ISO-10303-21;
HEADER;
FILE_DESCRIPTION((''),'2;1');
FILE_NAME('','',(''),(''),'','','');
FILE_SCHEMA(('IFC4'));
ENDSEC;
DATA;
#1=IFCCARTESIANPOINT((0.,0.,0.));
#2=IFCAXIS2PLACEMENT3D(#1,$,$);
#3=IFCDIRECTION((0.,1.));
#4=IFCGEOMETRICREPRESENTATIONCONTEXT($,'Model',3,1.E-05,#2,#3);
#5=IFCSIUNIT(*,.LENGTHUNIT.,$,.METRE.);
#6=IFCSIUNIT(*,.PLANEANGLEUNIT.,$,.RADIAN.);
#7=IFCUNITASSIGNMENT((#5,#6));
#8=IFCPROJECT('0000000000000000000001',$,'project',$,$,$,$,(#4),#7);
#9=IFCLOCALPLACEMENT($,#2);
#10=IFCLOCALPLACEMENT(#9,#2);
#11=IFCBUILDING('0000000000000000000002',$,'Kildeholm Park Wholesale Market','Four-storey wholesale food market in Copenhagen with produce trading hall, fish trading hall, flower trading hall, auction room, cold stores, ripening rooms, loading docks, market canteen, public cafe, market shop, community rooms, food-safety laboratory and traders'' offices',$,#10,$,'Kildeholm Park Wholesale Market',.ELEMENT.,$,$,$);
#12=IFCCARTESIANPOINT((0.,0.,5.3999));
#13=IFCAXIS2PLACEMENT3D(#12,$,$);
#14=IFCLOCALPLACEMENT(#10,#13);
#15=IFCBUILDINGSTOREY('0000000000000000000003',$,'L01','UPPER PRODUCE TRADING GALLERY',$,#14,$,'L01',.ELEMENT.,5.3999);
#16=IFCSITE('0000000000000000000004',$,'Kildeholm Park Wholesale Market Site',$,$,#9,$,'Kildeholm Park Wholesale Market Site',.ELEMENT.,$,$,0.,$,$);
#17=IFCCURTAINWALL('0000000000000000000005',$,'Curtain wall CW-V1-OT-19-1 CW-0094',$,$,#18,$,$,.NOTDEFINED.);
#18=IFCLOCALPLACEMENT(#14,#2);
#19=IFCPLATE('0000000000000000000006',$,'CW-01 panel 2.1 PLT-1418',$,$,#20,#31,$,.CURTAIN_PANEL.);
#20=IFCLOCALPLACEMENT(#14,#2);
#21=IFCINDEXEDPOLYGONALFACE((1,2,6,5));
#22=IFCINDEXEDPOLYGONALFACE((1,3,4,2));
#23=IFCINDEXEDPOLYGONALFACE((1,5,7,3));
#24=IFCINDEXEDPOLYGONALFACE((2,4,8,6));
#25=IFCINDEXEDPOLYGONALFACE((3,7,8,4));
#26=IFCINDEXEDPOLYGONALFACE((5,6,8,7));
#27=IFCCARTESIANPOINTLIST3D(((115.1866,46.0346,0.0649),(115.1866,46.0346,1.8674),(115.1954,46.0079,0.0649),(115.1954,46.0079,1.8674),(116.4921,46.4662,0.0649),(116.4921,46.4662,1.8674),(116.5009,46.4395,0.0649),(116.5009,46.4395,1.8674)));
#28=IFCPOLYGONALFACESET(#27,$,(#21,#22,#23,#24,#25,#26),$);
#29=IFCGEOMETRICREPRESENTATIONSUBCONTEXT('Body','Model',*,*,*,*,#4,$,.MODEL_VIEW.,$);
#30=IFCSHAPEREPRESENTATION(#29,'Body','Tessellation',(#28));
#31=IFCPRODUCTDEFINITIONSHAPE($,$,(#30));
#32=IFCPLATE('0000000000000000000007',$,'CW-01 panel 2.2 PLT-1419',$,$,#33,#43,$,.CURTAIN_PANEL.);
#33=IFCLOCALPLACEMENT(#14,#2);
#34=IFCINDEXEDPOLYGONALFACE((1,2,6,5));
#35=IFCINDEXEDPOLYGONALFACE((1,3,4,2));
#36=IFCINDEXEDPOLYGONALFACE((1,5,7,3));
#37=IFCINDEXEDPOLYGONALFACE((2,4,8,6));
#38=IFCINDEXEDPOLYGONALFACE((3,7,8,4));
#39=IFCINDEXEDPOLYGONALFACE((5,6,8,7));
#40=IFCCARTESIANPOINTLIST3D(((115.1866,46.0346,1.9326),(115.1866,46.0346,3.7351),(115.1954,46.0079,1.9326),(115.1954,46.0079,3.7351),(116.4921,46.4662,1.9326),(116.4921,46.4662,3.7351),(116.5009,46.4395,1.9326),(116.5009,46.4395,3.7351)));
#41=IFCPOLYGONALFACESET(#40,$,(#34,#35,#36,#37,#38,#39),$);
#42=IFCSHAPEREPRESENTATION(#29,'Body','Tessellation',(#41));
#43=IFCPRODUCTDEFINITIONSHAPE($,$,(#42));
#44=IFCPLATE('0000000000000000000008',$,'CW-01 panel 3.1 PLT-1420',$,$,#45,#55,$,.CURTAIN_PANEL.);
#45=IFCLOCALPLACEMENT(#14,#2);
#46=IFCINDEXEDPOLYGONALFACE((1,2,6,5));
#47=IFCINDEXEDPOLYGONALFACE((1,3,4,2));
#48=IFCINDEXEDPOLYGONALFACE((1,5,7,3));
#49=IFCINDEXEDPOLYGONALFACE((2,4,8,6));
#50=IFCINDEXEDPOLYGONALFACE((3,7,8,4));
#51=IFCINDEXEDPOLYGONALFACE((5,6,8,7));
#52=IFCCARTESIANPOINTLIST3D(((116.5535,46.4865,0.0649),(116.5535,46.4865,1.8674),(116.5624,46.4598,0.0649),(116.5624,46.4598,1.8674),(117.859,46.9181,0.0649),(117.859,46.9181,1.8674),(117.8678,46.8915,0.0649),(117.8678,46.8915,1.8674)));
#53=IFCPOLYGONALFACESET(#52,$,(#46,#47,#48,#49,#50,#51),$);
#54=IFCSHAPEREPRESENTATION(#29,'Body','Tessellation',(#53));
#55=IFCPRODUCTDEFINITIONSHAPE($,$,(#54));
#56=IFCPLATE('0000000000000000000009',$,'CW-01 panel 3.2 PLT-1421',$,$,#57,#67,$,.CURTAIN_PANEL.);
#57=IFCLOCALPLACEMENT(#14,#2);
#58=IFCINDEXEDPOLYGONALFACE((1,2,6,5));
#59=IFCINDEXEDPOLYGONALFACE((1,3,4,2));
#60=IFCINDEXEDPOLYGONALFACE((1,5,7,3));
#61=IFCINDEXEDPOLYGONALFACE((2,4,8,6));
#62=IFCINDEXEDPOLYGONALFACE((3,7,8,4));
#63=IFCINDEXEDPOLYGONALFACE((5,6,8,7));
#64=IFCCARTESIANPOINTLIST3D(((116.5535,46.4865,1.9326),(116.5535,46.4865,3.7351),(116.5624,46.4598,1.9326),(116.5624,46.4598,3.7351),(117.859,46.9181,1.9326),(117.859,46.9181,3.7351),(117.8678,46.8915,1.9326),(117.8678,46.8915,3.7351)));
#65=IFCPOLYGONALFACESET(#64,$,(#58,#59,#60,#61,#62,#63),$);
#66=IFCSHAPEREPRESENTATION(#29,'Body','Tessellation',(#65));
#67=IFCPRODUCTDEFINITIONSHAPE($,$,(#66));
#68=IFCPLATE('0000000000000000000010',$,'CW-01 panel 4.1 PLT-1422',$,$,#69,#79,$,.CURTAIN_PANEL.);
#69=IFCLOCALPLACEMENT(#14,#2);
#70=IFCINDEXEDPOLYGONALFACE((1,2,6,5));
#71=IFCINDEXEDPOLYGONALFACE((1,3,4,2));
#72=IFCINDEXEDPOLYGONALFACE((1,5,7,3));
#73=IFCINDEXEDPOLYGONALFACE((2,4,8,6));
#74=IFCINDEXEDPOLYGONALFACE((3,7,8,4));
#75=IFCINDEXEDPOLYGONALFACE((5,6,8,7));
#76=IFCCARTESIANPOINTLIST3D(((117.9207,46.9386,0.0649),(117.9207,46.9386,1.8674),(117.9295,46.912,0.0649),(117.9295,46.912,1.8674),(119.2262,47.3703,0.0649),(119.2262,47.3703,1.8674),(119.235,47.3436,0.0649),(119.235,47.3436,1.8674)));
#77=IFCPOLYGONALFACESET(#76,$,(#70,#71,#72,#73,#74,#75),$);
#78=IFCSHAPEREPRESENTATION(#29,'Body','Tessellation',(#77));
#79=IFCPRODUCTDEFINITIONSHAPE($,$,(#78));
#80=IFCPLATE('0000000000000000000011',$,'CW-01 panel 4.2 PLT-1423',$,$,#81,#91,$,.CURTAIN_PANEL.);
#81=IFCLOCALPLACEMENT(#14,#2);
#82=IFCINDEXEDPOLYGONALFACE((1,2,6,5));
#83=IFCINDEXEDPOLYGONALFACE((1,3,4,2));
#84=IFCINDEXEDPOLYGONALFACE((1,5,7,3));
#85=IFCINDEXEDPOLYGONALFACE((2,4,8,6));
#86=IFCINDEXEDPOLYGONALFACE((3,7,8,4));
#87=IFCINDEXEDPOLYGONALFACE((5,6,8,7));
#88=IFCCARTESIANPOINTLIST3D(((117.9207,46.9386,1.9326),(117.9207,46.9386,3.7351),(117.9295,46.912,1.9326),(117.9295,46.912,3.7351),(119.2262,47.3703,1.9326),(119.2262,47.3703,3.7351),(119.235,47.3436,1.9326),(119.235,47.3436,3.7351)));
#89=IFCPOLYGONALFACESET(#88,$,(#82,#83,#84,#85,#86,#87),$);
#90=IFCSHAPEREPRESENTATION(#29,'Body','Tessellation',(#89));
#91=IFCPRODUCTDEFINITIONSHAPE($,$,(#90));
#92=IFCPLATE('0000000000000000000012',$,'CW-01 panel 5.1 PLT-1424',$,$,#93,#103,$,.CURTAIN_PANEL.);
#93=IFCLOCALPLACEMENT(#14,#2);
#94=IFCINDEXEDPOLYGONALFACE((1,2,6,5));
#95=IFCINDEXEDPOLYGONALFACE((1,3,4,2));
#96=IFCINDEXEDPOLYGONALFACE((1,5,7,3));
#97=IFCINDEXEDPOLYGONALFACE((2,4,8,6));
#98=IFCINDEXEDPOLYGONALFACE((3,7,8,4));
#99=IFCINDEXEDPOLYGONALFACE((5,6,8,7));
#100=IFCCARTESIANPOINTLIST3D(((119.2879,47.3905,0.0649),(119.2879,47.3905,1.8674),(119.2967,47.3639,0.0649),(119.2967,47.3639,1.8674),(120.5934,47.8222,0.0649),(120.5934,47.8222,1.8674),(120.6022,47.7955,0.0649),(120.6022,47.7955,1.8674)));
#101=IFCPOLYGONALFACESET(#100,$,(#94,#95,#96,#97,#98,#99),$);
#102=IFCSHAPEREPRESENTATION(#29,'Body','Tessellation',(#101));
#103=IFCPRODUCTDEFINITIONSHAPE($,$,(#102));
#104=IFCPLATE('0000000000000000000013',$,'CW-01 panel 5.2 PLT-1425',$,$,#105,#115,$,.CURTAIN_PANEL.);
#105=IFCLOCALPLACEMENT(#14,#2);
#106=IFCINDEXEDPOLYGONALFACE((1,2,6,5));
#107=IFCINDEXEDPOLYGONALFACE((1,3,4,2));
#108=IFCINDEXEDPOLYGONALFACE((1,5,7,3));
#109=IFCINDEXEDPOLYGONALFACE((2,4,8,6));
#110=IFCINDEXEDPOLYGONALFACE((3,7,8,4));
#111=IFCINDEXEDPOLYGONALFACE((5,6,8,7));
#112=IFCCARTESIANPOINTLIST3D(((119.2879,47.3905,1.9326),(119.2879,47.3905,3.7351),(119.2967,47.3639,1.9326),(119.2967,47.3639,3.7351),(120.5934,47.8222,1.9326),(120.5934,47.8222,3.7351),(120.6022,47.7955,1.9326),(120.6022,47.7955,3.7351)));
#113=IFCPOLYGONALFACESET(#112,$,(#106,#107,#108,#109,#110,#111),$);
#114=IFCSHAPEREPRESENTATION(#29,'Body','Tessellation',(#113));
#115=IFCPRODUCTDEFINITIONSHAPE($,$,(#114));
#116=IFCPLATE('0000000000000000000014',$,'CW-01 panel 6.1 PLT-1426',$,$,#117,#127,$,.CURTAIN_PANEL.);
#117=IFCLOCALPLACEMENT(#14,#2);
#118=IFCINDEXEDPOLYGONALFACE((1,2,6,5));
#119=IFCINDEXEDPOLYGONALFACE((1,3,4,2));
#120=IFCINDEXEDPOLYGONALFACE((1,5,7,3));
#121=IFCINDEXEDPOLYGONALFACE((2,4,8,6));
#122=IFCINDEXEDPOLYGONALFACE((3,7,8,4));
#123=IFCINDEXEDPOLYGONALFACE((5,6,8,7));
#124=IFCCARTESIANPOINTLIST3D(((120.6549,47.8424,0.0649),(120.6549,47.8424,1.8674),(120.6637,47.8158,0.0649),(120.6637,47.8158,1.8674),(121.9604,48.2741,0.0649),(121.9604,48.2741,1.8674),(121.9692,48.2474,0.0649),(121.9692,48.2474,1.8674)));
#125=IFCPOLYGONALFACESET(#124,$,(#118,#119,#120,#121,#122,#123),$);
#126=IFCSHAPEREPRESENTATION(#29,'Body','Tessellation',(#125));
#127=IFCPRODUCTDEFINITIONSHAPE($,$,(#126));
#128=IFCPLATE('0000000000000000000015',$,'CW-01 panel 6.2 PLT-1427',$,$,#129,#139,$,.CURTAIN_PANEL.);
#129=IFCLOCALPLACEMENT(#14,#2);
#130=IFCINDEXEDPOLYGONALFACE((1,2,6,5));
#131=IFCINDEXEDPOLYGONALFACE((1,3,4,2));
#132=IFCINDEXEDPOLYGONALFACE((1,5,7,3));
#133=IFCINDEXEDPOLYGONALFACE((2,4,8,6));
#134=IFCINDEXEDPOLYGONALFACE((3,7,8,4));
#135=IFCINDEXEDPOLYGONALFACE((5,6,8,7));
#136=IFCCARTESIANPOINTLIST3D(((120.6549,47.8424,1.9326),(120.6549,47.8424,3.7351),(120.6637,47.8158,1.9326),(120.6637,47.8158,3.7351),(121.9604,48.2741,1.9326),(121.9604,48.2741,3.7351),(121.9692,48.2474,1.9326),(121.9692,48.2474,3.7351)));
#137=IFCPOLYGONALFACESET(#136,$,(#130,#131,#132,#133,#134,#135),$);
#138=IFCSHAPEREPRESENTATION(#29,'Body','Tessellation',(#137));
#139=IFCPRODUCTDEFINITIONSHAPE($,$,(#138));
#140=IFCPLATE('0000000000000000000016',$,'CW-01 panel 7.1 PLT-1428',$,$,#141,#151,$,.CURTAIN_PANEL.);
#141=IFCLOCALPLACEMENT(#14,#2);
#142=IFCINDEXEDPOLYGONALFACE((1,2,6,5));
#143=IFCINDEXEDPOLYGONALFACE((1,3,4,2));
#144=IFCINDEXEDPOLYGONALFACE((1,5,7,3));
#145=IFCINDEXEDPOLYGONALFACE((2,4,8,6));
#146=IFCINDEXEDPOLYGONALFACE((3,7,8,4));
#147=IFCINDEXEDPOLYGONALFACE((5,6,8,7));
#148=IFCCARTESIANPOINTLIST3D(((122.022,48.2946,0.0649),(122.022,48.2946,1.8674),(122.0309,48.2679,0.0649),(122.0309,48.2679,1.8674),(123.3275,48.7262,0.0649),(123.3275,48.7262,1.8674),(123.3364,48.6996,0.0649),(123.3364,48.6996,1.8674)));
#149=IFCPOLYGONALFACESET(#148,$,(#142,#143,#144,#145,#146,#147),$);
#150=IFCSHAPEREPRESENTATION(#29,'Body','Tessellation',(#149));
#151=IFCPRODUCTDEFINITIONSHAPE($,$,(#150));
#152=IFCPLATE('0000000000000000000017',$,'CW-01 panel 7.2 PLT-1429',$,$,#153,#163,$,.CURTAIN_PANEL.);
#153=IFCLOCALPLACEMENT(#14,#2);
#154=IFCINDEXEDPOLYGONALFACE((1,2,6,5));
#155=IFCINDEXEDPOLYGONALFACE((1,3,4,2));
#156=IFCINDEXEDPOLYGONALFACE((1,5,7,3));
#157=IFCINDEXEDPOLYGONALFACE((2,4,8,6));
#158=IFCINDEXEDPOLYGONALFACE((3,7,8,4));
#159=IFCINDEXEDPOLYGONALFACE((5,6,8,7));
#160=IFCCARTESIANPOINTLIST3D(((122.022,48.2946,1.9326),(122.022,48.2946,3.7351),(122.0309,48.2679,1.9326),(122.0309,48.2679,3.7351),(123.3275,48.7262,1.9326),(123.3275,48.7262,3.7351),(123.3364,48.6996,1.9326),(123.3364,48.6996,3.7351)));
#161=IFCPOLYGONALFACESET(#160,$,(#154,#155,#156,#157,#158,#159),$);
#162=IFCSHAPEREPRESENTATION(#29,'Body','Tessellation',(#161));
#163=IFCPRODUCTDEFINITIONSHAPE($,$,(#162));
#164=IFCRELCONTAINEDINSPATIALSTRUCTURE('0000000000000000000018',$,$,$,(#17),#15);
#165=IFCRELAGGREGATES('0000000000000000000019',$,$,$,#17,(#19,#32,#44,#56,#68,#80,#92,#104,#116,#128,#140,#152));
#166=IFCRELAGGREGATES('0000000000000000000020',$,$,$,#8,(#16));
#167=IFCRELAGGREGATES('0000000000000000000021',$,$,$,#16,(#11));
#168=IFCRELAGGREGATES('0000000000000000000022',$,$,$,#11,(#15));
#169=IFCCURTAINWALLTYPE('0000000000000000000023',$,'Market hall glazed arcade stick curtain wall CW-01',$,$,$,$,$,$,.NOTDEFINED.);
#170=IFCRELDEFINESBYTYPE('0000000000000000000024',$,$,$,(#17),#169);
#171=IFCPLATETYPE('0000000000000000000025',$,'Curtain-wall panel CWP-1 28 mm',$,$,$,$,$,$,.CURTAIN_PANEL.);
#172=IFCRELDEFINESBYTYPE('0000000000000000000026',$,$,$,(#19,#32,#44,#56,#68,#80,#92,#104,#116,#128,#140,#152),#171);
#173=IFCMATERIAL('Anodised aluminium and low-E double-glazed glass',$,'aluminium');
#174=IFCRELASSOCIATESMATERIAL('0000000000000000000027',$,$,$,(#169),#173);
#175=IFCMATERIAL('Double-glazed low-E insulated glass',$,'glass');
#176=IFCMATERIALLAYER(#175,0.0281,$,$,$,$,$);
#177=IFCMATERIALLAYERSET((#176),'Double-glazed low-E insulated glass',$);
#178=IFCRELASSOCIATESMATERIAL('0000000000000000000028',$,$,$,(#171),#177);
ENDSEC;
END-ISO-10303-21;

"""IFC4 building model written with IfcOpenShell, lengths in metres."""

from ifc_helpers import new_model, si_unit, direction, frame, origin, origin_2d, place, context, subcontext, project, spatial, rectangle, extrude, material, layer, layer_set, type_object, element, aggregate, save


model = new_model("IFC4")

# Units and contexts
model_context = context("Model", 3, precision=1e-05, world=origin(), true_north=direction((0.0, 1.0)))
body_context = subcontext(model_context, "Body", "Model", "MODEL_VIEW")
ifc_project = project(units=[si_unit("LENGTHUNIT", "METRE"), si_unit("PLANEANGLEUNIT", "RADIAN")], contexts=[model_context])

# Site, building, storey
site_placement = place(None, origin())
site = spatial("IfcSite", under=ifc_project, at=site_placement, Name="Kildeholm Park Wholesale Market Site", LongName="Kildeholm Park Wholesale Market Site", CompositionType="ELEMENT", RefElevation=0.0)
building_placement = place(site_placement, origin())
building = spatial("IfcBuilding", under=site, at=building_placement, Name="Kildeholm Park Wholesale Market", Description="Four-storey wholesale food market in Copenhagen with produce trading hall, fish trading hall, flower trading hall, auction room, cold stores, ripening rooms, loading docks, market canteen, public cafe, market shop, community rooms, food-safety laboratory and traders' offices", LongName="Kildeholm Park Wholesale Market", CompositionType="ELEMENT")
storey_placement = place(building_placement, frame((0.0, 0.0, 5.3999)))
storey = spatial("IfcBuildingStorey", under=building, at=storey_placement, Name="L01", Description="UPPER PRODUCE TRADING GALLERY", LongName="L01", CompositionType="ELEMENT", Elevation=5.3999)

# Curtain wall, plates
ifc_material_1 = material(Name="Anodised aluminium and low-E double-glazed glass", Category="aluminium")
curtain_wall_type = type_object("IfcCurtainWallType", Name="Market hall glazed arcade stick curtain wall CW-01", PredefinedType="NOTDEFINED", material=ifc_material_1)
curtain_wall_placement = place(storey_placement, origin())
curtain_wall = element("IfcCurtainWall", 1, at=curtain_wall_placement, inside=storey, type_object=curtain_wall_type, Name="Curtain wall CW-V1-OT-19-1 CW-0094", PredefinedType="NOTDEFINED")
ifc_material_2 = material(Name="Double-glazed low-E insulated glass", Category="glass")
ifc_layer = layer(ifc_material_2, 0.0281)
ifc_layer_set = layer_set([ifc_layer], Name="Double-glazed low-E insulated glass")
plate_type = type_object("IfcPlateType", Name="Curtain-wall panel CWP-1 28 mm", PredefinedType="CURTAIN_PANEL", material=ifc_layer_set)
plate_1_placement = place(storey_placement, frame((115.8438, 46.2371, 0.0649), z_axis=(0.0, 0.0, 1.0), x_axis=(0.949451, 0.313914, 0.0)))
plate_1 = element("IfcPlate", 2, at=plate_1_placement, type_object=plate_type, Name="CW-01 panel 2.1 PLT-1418", PredefinedType="CURTAIN_PANEL", context=body_context, shape_type="SweptSolid", body=[
    extrude(rectangle(XDim=1.375, YDim=0.0281, at=origin_2d()), origin(), (0.0, 0.0, 1.0), 1.8025),
])
plate_2_placement = place(storey_placement, frame((115.8438, 46.2371, 1.9326), z_axis=(0.0, 0.0, 1.0), x_axis=(0.949451, 0.313914, 0.0)))
plate_2 = element("IfcPlate", 3, at=plate_2_placement, type_object=plate_type, Name="CW-01 panel 2.2 PLT-1419", PredefinedType="CURTAIN_PANEL", context=body_context, shape_type="SweptSolid", body=[
    extrude(rectangle(XDim=1.375, YDim=0.0281, at=origin_2d()), origin(), (0.0, 0.0, 1.0), 1.8025),
])
plate_3_placement = place(storey_placement, frame((117.2107, 46.689, 0.0649), z_axis=(0.0, 0.0, 1.0), x_axis=(0.949451, 0.313914, 0.0)))
plate_3 = element("IfcPlate", 4, at=plate_3_placement, type_object=plate_type, Name="CW-01 panel 3.1 PLT-1420", PredefinedType="CURTAIN_PANEL", context=body_context, shape_type="SweptSolid", body=[
    extrude(rectangle(XDim=1.375, YDim=0.0281, at=origin_2d()), origin(), (0.0, 0.0, 1.0), 1.8025),
])
plate_4_placement = place(storey_placement, frame((117.2107, 46.689, 1.9326), z_axis=(0.0, 0.0, 1.0), x_axis=(0.949451, 0.313914, 0.0)))
plate_4 = element("IfcPlate", 5, at=plate_4_placement, type_object=plate_type, Name="CW-01 panel 3.2 PLT-1421", PredefinedType="CURTAIN_PANEL", context=body_context, shape_type="SweptSolid", body=[
    extrude(rectangle(XDim=1.375, YDim=0.0281, at=origin_2d()), origin(), (0.0, 0.0, 1.0), 1.8025),
])
plate_5_placement = place(storey_placement, frame((118.5779, 47.1411, 0.0649), z_axis=(0.0, 0.0, 1.0), x_axis=(0.949451, 0.313914, 0.0)))
plate_5 = element("IfcPlate", 6, at=plate_5_placement, type_object=plate_type, Name="CW-01 panel 4.1 PLT-1422", PredefinedType="CURTAIN_PANEL", context=body_context, shape_type="SweptSolid", body=[
    extrude(rectangle(XDim=1.375, YDim=0.0281, at=origin_2d()), origin(), (0.0, 0.0, 1.0), 1.8025),
])
plate_6_placement = place(storey_placement, frame((118.5779, 47.1411, 1.9326), z_axis=(0.0, 0.0, 1.0), x_axis=(0.949451, 0.313914, 0.0)))
plate_6 = element("IfcPlate", 7, at=plate_6_placement, type_object=plate_type, Name="CW-01 panel 4.2 PLT-1423", PredefinedType="CURTAIN_PANEL", context=body_context, shape_type="SweptSolid", body=[
    extrude(rectangle(XDim=1.375, YDim=0.0281, at=origin_2d()), origin(), (0.0, 0.0, 1.0), 1.8025),
])
plate_7_placement = place(storey_placement, frame((119.9451, 47.593, 0.0649), z_axis=(0.0, 0.0, 1.0), x_axis=(0.949451, 0.313914, 0.0)))
plate_7 = element("IfcPlate", 8, at=plate_7_placement, type_object=plate_type, Name="CW-01 panel 5.1 PLT-1424", PredefinedType="CURTAIN_PANEL", context=body_context, shape_type="SweptSolid", body=[
    extrude(rectangle(XDim=1.375, YDim=0.0281, at=origin_2d()), origin(), (0.0, 0.0, 1.0), 1.8025),
])
plate_8_placement = place(storey_placement, frame((119.9451, 47.593, 1.9326), z_axis=(0.0, 0.0, 1.0), x_axis=(0.949451, 0.313914, 0.0)))
plate_8 = element("IfcPlate", 9, at=plate_8_placement, type_object=plate_type, Name="CW-01 panel 5.2 PLT-1425", PredefinedType="CURTAIN_PANEL", context=body_context, shape_type="SweptSolid", body=[
    extrude(rectangle(XDim=1.375, YDim=0.0281, at=origin_2d()), origin(), (0.0, 0.0, 1.0), 1.8025),
])
plate_9_placement = place(storey_placement, frame((121.312, 48.0449, 0.0649), z_axis=(0.0, 0.0, 1.0), x_axis=(0.949451, 0.313914, 0.0)))
plate_9 = element("IfcPlate", 10, at=plate_9_placement, type_object=plate_type, Name="CW-01 panel 6.1 PLT-1426", PredefinedType="CURTAIN_PANEL", context=body_context, shape_type="SweptSolid", body=[
    extrude(rectangle(XDim=1.375, YDim=0.0281, at=origin_2d()), origin(), (0.0, 0.0, 1.0), 1.8025),
])
plate_10_placement = place(storey_placement, frame((121.312, 48.0449, 1.9326), z_axis=(0.0, 0.0, 1.0), x_axis=(0.949451, 0.313914, 0.0)))
plate_10 = element("IfcPlate", 11, at=plate_10_placement, type_object=plate_type, Name="CW-01 panel 6.2 PLT-1427", PredefinedType="CURTAIN_PANEL", context=body_context, shape_type="SweptSolid", body=[
    extrude(rectangle(XDim=1.375, YDim=0.0281, at=origin_2d()), origin(), (0.0, 0.0, 1.0), 1.8025),
])
plate_11_placement = place(storey_placement, frame((122.6792, 48.4971, 0.0649), z_axis=(0.0, 0.0, 1.0), x_axis=(0.949451, 0.313914, 0.0)))
plate_11 = element("IfcPlate", 12, at=plate_11_placement, type_object=plate_type, Name="CW-01 panel 7.1 PLT-1428", PredefinedType="CURTAIN_PANEL", context=body_context, shape_type="SweptSolid", body=[
    extrude(rectangle(XDim=1.375, YDim=0.0281, at=origin_2d()), origin(), (0.0, 0.0, 1.0), 1.8025),
])
plate_12_placement = place(storey_placement, frame((122.6792, 48.4971, 1.9326), z_axis=(0.0, 0.0, 1.0), x_axis=(0.949451, 0.313914, 0.0)))
plate_12 = element("IfcPlate", 13, at=plate_12_placement, type_object=plate_type, Name="CW-01 panel 7.2 PLT-1429", PredefinedType="CURTAIN_PANEL", context=body_context, shape_type="SweptSolid", body=[
    extrude(rectangle(XDim=1.375, YDim=0.0281, at=origin_2d()), origin(), (0.0, 0.0, 1.0), 1.8025),
])
aggregate(curtain_wall, [plate_1, plate_2, plate_3, plate_4, plate_5, plate_6, plate_7, plate_8, plate_9, plate_10, plate_11, plate_12])

save(model, "model.ifc")
